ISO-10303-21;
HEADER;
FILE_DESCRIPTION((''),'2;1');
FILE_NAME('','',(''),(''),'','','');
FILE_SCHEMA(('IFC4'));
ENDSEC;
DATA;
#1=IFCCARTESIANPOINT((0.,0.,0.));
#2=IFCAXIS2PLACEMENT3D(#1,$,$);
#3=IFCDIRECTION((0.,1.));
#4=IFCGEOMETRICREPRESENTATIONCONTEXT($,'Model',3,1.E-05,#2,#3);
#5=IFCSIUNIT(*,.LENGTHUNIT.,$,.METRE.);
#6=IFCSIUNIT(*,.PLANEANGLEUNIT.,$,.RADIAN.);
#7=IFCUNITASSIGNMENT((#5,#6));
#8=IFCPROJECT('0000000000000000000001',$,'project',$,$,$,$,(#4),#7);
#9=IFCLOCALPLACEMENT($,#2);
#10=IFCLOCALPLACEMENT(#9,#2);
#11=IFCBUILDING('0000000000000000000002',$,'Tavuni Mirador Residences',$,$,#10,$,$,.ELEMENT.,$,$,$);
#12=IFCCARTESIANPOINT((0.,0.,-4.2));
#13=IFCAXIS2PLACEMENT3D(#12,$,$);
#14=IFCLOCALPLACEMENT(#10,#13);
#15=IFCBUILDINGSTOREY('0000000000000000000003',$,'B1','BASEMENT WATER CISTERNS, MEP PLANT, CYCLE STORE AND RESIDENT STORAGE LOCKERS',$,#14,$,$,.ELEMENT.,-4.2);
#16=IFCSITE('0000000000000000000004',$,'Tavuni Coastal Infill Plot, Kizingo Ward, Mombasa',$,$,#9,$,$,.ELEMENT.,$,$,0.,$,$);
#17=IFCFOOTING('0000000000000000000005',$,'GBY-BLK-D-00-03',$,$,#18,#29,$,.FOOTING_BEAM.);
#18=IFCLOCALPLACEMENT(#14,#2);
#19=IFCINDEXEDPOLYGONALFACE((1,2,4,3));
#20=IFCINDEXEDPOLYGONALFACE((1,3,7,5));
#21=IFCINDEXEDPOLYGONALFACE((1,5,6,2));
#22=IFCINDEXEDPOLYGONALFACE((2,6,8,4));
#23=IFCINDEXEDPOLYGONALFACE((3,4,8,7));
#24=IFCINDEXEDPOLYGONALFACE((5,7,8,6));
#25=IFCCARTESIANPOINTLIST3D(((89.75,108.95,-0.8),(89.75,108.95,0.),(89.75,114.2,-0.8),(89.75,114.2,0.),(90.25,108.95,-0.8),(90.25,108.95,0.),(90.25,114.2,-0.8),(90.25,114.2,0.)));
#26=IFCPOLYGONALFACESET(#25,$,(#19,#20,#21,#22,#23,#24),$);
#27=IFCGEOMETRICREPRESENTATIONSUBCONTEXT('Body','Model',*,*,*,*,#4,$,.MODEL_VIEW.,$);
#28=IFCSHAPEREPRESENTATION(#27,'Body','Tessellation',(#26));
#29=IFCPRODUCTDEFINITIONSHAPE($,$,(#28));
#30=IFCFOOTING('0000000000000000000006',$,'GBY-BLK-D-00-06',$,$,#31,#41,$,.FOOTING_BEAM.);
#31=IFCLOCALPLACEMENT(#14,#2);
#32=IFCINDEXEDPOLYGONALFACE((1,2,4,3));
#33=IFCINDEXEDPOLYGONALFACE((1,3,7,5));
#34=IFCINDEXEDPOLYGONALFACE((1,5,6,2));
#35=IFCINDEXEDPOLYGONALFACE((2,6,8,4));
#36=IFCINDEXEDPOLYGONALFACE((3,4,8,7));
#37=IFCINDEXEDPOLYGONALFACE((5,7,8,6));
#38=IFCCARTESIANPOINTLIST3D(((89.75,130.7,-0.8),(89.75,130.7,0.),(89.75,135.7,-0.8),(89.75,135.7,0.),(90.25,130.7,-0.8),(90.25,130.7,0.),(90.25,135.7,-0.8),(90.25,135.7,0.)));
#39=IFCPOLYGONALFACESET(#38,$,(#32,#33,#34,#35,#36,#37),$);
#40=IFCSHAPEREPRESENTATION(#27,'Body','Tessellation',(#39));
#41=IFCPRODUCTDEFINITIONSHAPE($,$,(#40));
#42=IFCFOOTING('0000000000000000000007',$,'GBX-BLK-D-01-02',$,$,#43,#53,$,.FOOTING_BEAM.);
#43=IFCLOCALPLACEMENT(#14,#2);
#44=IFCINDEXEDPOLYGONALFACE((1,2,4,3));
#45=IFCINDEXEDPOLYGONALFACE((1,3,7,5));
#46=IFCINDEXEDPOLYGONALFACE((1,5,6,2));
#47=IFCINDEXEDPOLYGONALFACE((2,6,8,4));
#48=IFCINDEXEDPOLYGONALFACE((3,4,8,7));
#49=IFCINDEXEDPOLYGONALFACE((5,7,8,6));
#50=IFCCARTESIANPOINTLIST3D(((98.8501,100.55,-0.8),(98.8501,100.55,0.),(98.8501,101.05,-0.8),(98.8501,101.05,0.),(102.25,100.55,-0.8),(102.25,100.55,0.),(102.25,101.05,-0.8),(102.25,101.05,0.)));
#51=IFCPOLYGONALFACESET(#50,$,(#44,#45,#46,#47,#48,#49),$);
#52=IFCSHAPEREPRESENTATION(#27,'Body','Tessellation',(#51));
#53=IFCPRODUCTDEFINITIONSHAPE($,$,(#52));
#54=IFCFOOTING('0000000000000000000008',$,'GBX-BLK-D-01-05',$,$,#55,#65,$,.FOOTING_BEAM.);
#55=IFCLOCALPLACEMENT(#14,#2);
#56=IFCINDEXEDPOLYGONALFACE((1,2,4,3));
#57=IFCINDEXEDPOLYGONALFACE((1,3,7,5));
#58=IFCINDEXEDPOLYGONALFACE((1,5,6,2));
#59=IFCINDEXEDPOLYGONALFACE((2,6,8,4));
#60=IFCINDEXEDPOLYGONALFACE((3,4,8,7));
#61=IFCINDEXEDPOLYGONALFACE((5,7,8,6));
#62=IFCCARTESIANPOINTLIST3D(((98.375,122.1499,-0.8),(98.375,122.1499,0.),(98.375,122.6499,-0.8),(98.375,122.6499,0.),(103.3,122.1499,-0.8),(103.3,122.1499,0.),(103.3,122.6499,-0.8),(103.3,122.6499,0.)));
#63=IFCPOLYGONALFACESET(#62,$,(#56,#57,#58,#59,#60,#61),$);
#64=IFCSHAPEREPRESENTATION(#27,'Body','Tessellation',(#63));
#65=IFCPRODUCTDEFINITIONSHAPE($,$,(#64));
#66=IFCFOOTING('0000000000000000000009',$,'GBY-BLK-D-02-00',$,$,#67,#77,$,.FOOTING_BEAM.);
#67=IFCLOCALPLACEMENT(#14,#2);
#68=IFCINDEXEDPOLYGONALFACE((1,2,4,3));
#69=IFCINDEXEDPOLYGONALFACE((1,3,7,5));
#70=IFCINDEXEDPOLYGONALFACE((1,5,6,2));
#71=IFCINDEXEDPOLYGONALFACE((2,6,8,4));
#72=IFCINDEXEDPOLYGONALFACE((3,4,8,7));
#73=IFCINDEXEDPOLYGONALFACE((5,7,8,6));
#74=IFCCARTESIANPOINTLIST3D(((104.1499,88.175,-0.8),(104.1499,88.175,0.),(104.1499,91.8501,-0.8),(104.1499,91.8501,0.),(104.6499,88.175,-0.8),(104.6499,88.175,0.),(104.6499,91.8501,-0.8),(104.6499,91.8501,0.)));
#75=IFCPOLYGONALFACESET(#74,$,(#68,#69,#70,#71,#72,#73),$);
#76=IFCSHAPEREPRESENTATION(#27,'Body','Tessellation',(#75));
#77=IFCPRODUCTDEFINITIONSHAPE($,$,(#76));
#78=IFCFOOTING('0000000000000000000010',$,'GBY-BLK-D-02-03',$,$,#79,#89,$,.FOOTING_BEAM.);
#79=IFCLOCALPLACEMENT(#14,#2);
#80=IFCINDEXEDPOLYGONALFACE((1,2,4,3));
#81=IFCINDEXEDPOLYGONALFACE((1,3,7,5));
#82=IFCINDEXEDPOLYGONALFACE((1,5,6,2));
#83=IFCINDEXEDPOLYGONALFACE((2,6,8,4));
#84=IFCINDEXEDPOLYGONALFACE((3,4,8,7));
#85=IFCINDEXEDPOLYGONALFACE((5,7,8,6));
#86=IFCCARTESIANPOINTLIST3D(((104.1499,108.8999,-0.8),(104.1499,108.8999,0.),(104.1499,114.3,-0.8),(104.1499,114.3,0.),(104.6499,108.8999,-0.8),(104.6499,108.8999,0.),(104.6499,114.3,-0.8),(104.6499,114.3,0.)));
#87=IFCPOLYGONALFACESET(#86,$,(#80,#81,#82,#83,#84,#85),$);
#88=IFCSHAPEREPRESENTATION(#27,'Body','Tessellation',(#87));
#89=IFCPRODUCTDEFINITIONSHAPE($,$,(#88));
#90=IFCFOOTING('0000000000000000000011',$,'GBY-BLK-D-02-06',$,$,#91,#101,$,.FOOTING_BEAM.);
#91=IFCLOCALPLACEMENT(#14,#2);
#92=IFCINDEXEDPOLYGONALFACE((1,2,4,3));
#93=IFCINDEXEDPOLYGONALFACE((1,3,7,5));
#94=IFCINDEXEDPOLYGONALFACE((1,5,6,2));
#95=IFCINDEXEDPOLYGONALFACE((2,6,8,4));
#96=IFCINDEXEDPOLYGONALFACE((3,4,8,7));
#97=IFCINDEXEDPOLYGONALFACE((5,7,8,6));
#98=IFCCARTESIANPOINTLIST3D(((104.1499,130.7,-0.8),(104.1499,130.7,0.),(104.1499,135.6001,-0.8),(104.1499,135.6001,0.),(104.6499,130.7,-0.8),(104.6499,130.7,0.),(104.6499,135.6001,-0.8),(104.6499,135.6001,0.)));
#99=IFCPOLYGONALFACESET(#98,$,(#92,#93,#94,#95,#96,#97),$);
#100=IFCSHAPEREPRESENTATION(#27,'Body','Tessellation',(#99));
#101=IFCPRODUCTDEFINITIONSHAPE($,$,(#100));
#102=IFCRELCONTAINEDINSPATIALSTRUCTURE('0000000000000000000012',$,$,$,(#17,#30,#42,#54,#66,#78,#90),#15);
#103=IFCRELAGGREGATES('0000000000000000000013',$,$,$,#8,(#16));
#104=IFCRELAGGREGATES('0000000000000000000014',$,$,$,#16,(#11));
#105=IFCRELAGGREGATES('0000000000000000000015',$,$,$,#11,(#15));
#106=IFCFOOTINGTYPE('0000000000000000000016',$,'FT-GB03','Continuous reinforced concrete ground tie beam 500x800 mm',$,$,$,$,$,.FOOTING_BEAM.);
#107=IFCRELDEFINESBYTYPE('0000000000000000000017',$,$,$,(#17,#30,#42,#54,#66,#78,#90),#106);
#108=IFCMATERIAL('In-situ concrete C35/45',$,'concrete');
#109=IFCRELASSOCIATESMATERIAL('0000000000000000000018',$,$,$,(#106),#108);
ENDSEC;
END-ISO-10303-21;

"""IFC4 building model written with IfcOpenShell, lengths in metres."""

from ifc_helpers import new_model, si_unit, direction, frame, origin, place, context, subcontext, project, spatial, polyline, outline, extrude, material, type_object, element, save


model = new_model("IFC4")

# Units and contexts
model_context = context("Model", 3, precision=1e-05, world=origin(), true_north=direction((0.0, 1.0)))
body_context = subcontext(model_context, "Body", "Model", "MODEL_VIEW")
ifc_project = project(units=[si_unit("LENGTHUNIT", "METRE"), si_unit("PLANEANGLEUNIT", "RADIAN")], contexts=[model_context])

# Site, building, storey
site_placement = place(None, origin())
site = spatial("IfcSite", under=ifc_project, at=site_placement, Name="Tavuni Coastal Infill Plot, Kizingo Ward, Mombasa", CompositionType="ELEMENT", RefElevation=0.0)
building_placement = place(site_placement, origin())
building = spatial("IfcBuilding", under=site, at=building_placement, Name="Tavuni Mirador Residences", CompositionType="ELEMENT")
storey_placement = place(building_placement, frame((0.0, 0.0, -4.2)))
storey = spatial("IfcBuildingStorey", under=building, at=storey_placement, Name="B1", Description="BASEMENT WATER CISTERNS, MEP PLANT, CYCLE STORE AND RESIDENT STORAGE LOCKERS", CompositionType="ELEMENT", Elevation=-4.2)

# Footings
ifc_material = material(Name="In-situ concrete C35/45", Category="concrete")
footing_type = type_object("IfcFootingType", Name="FT-GB03", Description="Continuous reinforced concrete ground tie beam 500x800 mm", PredefinedType="FOOTING_BEAM", material=ifc_material)
footing_1_placement = place(storey_placement, frame((0.0, 0.0, -0.8)))
element("IfcFooting", 1, at=footing_1_placement, inside=storey, type_object=footing_type, Name="GBY-BLK-D-00-03", PredefinedType="FOOTING_BEAM", context=body_context, shape_type="SweptSolid", body=[
    extrude(outline(polyline([(89.75, 108.95), (90.25, 108.95), (90.25, 114.2), (89.75, 114.2), (89.75, 108.95)])), origin(), (0.0, 0.0, 1.0), 0.8),
])
footing_2_placement = place(storey_placement, frame((0.0, 0.0, -0.8)))
element("IfcFooting", 2, at=footing_2_placement, inside=storey, type_object=footing_type, Name="GBY-BLK-D-00-06", PredefinedType="FOOTING_BEAM", context=body_context, shape_type="SweptSolid", body=[
    extrude(outline(polyline([(89.75, 130.7), (90.25, 130.7), (90.25, 135.7), (89.75, 135.7), (89.75, 130.7)])), origin(), (0.0, 0.0, 1.0), 0.8),
])
footing_3_placement = place(storey_placement, frame((0.0, 0.0, -0.8)))
element("IfcFooting", 3, at=footing_3_placement, inside=storey, type_object=footing_type, Name="GBX-BLK-D-01-02", PredefinedType="FOOTING_BEAM", context=body_context, shape_type="SweptSolid", body=[
    extrude(outline(polyline([(98.8501, 100.55), (102.25, 100.55), (102.25, 101.05), (98.8501, 101.05), (98.8501, 100.55)])), origin(), (0.0, 0.0, 1.0), 0.8),
])
footing_4_placement = place(storey_placement, frame((0.0, 0.0, -0.8)))
element("IfcFooting", 4, at=footing_4_placement, inside=storey, type_object=footing_type, Name="GBX-BLK-D-01-05", PredefinedType="FOOTING_BEAM", context=body_context, shape_type="SweptSolid", body=[
    extrude(outline(polyline([(98.375, 122.1499), (103.3, 122.1499), (103.3, 122.6499), (98.375, 122.6499), (98.375, 122.1499)])), origin(), (0.0, 0.0, 1.0), 0.8),
])
footing_5_placement = place(storey_placement, frame((0.0, 0.0, -0.8)))
element("IfcFooting", 5, at=footing_5_placement, inside=storey, type_object=footing_type, Name="GBY-BLK-D-02-00", PredefinedType="FOOTING_BEAM", context=body_context, shape_type="SweptSolid", body=[
    extrude(outline(polyline([(104.1499, 88.175), (104.6499, 88.175), (104.6499, 91.8501), (104.1499, 91.8501), (104.1499, 88.175)])), origin(), (0.0, 0.0, 1.0), 0.8),
])
footing_6_placement = place(storey_placement, frame((0.0, 0.0, -0.8)))
element("IfcFooting", 6, at=footing_6_placement, inside=storey, type_object=footing_type, Name="GBY-BLK-D-02-03", PredefinedType="FOOTING_BEAM", context=body_context, shape_type="SweptSolid", body=[
    extrude(outline(polyline([(104.1499, 108.8999), (104.6499, 108.8999), (104.6499, 114.3), (104.1499, 114.3), (104.1499, 108.8999)])), origin(), (0.0, 0.0, 1.0), 0.8),
])
footing_7_placement = place(storey_placement, frame((0.0, 0.0, -0.8)))
element("IfcFooting", 7, at=footing_7_placement, inside=storey, type_object=footing_type, Name="GBY-BLK-D-02-06", PredefinedType="FOOTING_BEAM", context=body_context, shape_type="SweptSolid", body=[
    extrude(outline(polyline([(104.1499, 130.7), (104.6499, 130.7), (104.6499, 135.6001), (104.1499, 135.6001), (104.1499, 130.7)])), origin(), (0.0, 0.0, 1.0), 0.8),
])

save(model, "model.ifc")
